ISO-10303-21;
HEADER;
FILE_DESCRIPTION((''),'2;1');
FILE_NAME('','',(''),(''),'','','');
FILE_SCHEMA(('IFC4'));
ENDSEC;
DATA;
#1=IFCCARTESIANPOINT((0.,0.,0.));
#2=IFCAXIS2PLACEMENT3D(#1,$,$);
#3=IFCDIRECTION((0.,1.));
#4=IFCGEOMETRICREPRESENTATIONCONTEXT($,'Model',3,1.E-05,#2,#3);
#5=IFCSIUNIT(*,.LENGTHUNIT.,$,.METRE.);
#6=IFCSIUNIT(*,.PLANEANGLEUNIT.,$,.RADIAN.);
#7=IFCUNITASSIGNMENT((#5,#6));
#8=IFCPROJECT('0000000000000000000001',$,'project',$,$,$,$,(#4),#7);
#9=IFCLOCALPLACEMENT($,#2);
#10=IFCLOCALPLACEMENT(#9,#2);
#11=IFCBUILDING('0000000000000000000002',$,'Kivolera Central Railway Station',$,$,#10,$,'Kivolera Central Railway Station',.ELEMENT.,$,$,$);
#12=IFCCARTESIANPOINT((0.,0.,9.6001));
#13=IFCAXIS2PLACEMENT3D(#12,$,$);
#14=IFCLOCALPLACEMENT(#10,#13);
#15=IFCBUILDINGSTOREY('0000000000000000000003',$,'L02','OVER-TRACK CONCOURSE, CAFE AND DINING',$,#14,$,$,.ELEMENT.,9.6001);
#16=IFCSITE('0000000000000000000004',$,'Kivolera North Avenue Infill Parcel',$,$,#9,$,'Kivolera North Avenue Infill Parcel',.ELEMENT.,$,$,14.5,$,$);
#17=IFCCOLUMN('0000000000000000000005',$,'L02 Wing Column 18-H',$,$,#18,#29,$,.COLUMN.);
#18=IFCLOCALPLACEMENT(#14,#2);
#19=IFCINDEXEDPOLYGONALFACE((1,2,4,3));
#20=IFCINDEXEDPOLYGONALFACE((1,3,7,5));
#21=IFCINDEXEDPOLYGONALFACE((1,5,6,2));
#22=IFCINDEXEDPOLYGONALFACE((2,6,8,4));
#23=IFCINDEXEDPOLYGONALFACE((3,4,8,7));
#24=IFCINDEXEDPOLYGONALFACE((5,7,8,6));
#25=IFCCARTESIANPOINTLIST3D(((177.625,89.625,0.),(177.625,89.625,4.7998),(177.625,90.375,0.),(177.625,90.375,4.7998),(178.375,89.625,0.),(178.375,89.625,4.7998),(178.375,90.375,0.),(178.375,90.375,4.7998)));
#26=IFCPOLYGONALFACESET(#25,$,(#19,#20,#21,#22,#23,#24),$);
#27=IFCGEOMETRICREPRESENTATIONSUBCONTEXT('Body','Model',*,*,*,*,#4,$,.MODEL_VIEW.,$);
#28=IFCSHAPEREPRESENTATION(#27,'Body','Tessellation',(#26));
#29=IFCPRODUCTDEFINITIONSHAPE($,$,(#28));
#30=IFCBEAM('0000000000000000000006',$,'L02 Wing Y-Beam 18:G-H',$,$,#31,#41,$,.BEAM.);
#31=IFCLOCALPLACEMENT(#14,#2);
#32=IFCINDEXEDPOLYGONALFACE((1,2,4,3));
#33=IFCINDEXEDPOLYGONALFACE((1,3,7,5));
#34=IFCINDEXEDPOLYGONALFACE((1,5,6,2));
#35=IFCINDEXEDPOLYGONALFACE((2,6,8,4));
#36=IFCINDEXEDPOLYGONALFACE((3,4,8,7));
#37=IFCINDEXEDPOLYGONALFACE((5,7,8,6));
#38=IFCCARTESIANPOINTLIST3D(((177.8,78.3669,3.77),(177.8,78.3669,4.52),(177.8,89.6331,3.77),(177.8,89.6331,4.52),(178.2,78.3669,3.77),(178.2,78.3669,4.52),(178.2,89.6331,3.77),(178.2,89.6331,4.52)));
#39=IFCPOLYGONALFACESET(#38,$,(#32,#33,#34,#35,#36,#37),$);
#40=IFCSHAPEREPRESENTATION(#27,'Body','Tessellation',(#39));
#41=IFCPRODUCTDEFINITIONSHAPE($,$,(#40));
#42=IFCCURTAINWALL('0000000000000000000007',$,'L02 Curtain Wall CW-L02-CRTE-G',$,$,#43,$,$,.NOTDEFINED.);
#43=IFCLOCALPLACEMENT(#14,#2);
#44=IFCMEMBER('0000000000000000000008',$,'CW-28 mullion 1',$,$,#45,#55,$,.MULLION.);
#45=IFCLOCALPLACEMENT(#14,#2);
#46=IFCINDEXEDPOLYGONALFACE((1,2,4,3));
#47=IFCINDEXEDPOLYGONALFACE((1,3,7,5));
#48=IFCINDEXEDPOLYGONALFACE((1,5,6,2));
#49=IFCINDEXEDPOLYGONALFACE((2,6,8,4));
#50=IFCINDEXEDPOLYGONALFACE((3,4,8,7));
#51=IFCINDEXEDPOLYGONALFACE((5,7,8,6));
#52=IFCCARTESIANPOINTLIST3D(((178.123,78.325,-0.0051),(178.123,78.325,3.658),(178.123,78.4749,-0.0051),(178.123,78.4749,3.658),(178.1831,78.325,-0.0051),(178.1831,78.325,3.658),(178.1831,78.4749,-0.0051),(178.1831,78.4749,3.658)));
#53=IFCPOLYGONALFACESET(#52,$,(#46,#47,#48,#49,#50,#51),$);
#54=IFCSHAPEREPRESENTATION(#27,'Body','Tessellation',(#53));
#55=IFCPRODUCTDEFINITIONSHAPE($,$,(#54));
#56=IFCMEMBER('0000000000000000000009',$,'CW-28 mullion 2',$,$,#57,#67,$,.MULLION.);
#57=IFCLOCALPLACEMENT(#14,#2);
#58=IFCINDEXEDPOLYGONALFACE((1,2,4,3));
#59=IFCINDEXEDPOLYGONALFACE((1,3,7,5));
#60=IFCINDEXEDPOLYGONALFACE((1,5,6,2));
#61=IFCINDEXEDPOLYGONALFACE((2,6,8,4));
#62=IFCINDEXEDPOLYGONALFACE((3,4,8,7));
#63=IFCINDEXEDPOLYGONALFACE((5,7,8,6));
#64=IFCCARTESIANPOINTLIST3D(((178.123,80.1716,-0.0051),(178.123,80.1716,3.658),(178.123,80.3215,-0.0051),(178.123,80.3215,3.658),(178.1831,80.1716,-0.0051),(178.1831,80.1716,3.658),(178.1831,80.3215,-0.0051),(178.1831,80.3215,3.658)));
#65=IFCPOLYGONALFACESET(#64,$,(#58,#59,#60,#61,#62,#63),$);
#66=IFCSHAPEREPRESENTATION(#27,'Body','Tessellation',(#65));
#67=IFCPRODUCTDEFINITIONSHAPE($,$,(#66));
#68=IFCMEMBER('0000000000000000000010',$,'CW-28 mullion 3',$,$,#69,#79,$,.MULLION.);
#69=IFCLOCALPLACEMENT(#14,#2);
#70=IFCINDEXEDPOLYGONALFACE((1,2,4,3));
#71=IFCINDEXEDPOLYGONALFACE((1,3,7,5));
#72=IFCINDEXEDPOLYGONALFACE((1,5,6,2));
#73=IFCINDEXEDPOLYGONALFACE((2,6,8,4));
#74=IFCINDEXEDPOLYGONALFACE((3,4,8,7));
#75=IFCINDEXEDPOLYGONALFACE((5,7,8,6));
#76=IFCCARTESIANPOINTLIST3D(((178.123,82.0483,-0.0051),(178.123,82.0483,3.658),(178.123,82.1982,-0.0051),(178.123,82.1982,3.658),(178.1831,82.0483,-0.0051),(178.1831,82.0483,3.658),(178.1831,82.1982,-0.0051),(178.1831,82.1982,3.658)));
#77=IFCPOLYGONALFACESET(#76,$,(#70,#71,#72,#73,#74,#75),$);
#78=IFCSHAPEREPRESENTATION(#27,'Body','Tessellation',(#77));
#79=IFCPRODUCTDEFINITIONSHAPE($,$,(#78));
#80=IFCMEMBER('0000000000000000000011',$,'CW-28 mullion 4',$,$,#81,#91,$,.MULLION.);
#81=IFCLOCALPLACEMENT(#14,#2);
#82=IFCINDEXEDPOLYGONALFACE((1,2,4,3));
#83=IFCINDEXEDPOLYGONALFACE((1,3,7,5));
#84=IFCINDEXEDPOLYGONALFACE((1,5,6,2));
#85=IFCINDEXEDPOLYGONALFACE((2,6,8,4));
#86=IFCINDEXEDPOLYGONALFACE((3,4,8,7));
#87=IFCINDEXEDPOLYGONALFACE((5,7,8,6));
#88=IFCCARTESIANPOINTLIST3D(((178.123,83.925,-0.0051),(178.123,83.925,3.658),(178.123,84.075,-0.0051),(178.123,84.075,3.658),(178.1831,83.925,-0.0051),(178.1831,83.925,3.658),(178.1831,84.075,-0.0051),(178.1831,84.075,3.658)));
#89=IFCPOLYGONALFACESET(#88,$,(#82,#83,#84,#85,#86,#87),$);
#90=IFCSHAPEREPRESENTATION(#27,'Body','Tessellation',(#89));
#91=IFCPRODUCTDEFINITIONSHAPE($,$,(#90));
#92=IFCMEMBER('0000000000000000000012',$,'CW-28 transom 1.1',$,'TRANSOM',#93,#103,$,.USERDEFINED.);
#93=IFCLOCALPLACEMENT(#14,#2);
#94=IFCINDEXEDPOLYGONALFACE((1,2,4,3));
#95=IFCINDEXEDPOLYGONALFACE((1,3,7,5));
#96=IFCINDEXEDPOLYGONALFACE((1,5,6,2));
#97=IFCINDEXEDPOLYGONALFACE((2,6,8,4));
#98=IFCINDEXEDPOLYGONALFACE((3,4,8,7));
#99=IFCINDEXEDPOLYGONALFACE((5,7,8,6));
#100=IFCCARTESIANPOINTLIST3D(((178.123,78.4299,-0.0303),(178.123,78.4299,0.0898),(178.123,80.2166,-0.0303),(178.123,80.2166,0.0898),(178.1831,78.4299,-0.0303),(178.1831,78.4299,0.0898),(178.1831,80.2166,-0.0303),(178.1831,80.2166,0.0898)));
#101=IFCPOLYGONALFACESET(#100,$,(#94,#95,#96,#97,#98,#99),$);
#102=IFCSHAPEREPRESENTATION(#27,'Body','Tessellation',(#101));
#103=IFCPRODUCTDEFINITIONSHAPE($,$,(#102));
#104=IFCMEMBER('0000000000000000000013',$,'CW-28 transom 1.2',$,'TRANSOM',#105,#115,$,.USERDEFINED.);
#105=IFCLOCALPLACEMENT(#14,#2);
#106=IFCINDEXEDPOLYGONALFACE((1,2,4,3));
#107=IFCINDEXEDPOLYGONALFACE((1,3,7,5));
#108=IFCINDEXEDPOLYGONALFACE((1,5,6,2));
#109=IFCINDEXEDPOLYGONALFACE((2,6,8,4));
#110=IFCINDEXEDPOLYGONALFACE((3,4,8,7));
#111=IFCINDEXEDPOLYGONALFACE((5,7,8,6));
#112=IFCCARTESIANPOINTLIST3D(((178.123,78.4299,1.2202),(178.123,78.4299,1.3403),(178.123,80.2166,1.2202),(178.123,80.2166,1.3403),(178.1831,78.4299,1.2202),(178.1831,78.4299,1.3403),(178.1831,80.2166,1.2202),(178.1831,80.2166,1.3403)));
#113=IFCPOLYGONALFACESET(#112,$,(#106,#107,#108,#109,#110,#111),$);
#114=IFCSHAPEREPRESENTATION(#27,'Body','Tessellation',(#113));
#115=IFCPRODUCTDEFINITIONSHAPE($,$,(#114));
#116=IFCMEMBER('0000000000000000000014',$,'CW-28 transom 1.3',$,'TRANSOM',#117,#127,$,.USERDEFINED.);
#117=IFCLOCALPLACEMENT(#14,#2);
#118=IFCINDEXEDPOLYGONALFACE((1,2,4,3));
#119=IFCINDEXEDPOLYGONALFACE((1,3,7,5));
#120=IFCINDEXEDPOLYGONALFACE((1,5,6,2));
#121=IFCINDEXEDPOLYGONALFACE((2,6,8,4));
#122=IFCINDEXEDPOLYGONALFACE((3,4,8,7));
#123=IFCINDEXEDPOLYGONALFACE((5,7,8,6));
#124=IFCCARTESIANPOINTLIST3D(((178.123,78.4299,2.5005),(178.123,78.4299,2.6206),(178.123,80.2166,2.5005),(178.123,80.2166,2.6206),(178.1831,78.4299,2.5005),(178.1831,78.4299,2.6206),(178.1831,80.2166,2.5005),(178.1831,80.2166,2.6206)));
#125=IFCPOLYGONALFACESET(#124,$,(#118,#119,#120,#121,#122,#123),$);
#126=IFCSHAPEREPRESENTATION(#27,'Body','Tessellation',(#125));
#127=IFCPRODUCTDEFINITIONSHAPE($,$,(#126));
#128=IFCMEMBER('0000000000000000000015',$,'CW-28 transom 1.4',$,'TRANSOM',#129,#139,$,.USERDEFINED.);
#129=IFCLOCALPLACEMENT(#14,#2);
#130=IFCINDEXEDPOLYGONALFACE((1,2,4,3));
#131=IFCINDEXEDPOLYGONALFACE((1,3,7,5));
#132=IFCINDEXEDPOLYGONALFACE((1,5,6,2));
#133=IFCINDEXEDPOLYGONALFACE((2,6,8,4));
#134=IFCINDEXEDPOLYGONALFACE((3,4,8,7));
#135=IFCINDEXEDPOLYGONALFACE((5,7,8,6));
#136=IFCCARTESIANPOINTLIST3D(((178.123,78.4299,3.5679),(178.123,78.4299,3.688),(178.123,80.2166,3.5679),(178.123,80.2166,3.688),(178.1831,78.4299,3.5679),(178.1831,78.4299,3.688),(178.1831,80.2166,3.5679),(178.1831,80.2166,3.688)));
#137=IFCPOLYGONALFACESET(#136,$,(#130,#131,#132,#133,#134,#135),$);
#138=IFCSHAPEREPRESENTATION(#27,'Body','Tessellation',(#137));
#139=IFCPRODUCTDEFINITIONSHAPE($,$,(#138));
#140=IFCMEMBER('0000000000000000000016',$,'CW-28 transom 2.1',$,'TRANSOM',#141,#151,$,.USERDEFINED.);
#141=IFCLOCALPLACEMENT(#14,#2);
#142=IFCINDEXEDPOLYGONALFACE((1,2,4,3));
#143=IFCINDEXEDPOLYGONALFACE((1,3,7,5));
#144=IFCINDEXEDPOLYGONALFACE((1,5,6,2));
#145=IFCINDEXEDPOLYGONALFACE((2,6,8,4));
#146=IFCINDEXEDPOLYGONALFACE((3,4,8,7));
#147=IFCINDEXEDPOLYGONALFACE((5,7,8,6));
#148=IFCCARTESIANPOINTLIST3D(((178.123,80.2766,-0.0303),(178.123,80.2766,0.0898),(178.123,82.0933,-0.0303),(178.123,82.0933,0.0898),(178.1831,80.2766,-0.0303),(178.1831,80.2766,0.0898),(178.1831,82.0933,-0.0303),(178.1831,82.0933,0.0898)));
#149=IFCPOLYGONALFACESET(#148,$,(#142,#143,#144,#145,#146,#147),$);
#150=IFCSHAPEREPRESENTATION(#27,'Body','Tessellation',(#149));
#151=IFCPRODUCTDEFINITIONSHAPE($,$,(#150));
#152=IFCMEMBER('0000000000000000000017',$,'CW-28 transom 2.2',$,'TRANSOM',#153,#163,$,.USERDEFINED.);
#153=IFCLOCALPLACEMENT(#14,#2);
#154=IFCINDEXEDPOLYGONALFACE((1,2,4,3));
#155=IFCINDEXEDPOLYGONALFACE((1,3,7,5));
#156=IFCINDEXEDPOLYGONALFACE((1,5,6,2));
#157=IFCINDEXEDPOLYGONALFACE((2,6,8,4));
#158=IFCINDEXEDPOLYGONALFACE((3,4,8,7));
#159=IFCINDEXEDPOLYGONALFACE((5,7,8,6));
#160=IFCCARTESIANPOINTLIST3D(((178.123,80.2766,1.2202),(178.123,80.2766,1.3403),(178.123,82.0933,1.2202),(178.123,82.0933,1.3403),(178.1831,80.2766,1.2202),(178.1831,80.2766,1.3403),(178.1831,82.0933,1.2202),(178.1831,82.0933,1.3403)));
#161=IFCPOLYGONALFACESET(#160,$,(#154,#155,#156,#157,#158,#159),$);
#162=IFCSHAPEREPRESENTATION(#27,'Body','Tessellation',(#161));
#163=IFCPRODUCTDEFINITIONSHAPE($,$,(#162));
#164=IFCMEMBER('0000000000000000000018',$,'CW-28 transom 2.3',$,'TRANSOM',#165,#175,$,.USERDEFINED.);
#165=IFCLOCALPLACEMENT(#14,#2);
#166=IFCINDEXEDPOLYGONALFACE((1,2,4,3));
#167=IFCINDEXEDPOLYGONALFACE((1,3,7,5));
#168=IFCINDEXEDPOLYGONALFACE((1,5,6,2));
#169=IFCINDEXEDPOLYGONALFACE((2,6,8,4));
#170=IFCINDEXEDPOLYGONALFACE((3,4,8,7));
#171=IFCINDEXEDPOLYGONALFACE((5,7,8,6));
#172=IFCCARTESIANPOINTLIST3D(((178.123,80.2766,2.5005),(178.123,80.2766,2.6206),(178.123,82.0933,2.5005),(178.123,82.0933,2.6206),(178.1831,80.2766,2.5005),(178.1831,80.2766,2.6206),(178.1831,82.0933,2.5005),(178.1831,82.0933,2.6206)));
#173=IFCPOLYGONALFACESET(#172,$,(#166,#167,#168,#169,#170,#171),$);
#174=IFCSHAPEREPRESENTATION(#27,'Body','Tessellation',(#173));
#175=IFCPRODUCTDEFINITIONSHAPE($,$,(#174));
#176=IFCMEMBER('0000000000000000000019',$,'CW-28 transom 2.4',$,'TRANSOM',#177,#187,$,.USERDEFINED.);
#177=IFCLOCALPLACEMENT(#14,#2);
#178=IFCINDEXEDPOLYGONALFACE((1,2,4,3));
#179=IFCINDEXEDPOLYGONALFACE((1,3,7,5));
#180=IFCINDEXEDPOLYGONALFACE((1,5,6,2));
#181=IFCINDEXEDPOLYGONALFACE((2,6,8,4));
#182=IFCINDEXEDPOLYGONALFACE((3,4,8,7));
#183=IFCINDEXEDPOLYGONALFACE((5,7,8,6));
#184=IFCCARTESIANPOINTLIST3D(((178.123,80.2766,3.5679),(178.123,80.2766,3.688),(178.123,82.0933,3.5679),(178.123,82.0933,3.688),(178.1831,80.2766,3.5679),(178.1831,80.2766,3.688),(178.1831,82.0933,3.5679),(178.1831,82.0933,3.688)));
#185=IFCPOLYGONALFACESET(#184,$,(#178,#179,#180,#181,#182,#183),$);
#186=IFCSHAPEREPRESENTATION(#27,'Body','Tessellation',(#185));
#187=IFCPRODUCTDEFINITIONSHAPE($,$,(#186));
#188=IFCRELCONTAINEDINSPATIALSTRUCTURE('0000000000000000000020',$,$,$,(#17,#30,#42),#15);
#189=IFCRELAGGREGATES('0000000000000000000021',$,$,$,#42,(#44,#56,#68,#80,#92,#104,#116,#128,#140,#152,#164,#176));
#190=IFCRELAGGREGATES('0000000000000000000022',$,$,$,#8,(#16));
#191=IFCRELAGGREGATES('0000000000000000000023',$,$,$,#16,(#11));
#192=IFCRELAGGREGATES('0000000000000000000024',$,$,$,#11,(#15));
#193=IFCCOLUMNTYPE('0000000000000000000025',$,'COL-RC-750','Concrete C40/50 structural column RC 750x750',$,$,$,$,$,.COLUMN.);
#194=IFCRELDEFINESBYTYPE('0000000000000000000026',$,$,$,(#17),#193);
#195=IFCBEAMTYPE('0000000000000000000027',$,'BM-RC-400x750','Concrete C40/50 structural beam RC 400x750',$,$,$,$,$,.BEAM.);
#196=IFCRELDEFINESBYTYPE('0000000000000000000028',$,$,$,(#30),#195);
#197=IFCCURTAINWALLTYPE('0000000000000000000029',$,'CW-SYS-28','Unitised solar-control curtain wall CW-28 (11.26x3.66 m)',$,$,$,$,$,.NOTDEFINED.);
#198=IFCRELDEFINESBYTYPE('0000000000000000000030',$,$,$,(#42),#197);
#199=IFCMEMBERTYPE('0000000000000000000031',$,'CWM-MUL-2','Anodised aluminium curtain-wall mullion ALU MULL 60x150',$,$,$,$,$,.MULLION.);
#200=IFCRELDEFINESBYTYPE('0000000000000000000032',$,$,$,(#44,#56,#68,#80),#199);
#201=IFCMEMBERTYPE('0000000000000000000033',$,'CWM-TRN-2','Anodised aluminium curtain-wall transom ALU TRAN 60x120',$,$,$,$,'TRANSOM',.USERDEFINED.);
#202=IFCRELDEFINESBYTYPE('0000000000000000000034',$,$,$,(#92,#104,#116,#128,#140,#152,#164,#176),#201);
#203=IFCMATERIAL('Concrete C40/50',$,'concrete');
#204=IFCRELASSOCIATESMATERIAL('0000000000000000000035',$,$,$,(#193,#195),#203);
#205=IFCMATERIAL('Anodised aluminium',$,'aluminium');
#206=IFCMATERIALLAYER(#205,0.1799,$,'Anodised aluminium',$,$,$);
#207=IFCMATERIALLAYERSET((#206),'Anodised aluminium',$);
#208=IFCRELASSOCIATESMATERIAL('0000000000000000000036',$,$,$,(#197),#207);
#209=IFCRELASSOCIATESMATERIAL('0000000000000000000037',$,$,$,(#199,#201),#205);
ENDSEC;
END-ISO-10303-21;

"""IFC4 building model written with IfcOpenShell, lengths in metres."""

from ifc_helpers import new_model, si_unit, direction, frame, origin, origin_2d, place, context, subcontext, project, spatial, rectangle, extrude, material, layer, layer_set, material_profile, profile_set, type_object, element, aggregate, save


model = new_model("IFC4")

# Units and contexts
model_context = context("Model", 3, precision=1e-05, world=origin(), true_north=direction((0.0, 1.0)))
body_context = subcontext(model_context, "Body", "Model", "MODEL_VIEW")
ifc_project = project(units=[si_unit("LENGTHUNIT", "METRE"), si_unit("PLANEANGLEUNIT", "RADIAN")], contexts=[model_context])

# Site, building, storey
site_placement = place(None, origin())
site = spatial("IfcSite", under=ifc_project, at=site_placement, Name="Kivolera North Avenue Infill Parcel", LongName="Kivolera North Avenue Infill Parcel", CompositionType="ELEMENT", RefElevation=14.5)
building_placement = place(site_placement, origin())
building = spatial("IfcBuilding", under=site, at=building_placement, Name="Kivolera Central Railway Station", LongName="Kivolera Central Railway Station", CompositionType="ELEMENT")
storey_placement = place(building_placement, frame((0.0, 0.0, 9.6001)))
storey = spatial("IfcBuildingStorey", under=building, at=storey_placement, Name="L02", Description="OVER-TRACK CONCOURSE, CAFE AND DINING", CompositionType="ELEMENT", Elevation=9.6001)

# Column
ifc_material_1 = material(Name="Concrete C40/50", Category="concrete")
ifc_material_profile_1 = material_profile(ifc_material_1, rectangle(XDim=0.75, YDim=0.75, at=origin_2d()), Name="RC 750x750")
ifc_profile_set_1 = profile_set([ifc_material_profile_1], Name="Concrete C40/50")
column_type = type_object("IfcColumnType", Name="COL-RC-750", Description="Concrete C40/50 structural column RC 750x750", PredefinedType="COLUMN", material=ifc_profile_set_1)
column_placement = place(storey_placement, frame((178.0, 90.0, 0.0), z_axis=(0.0, 0.0, 1.0), x_axis=(1.0, 0.0, 0.0)))
element("IfcColumn", 1, at=column_placement, inside=storey, type_object=column_type, Name="L02 Wing Column 18-H", PredefinedType="COLUMN", context=body_context, shape_type="SweptSolid", body=[
    extrude(rectangle(XDim=0.75, YDim=0.75, at=origin_2d()), origin(), (0.0, 0.0, 1.0), 4.7998),
])

# Beam
ifc_material_profile_2 = material_profile(ifc_material_1, rectangle(XDim=0.3999, YDim=0.75, at=origin_2d()), Name="RC 400x750")
ifc_profile_set_2 = profile_set([ifc_material_profile_2], Name="Concrete C40/50")
beam_type = type_object("IfcBeamType", Name="BM-RC-400x750", Description="Concrete C40/50 structural beam RC 400x750", PredefinedType="BEAM", material=ifc_profile_set_2)
beam_placement = place(storey_placement, frame((178.0, 78.3669, 4.145), z_axis=(0.0, 1.0, 0.0), x_axis=(-1.0, 0.0, 0.0)))
element("IfcBeam", 2, at=beam_placement, inside=storey, type_object=beam_type, Name="L02 Wing Y-Beam 18:G-H", PredefinedType="BEAM", context=body_context, shape_type="SweptSolid", body=[
    extrude(rectangle(XDim=0.3999, YDim=0.75, at=origin_2d()), origin(), (0.0, 0.0, 1.0), 11.2661),
])

# Curtain wall, members
ifc_material_2 = material(Name="Anodised aluminium", Category="aluminium")
ifc_layer_1 = layer(ifc_material_2, 0.1799, Name="Anodised aluminium")
ifc_layer_set_1 = layer_set([ifc_layer_1], Name="Anodised aluminium")
curtain_wall_type = type_object("IfcCurtainWallType", Name="CW-SYS-28", Description="Unitised solar-control curtain wall CW-28 (11.26x3.66 m)", PredefinedType="NOTDEFINED", material=ifc_layer_set_1)
curtain_wall_placement = place(storey_placement, origin())
curtain_wall = element("IfcCurtainWall", 3, at=curtain_wall_placement, inside=storey, type_object=curtain_wall_type, Name="L02 Curtain Wall CW-L02-CRTE-G", PredefinedType="NOTDEFINED")
ifc_material_profile_3 = material_profile(ifc_material_2, rectangle(XDim=0.0601, YDim=0.1499, at=origin_2d()), Name="ALU MULL 60x150")
ifc_profile_set_3 = profile_set([ifc_material_profile_3], Name="Anodised aluminium")
member_type_1 = type_object("IfcMemberType", Name="CWM-MUL-2", Description="Anodised aluminium curtain-wall mullion ALU MULL 60x150", PredefinedType="MULLION", material=ifc_profile_set_3)
member_1_placement = place(storey_placement, frame((178.1531, 78.3999, -0.0051), z_axis=(0.0, 0.0, 1.0), x_axis=(-1.0, 0.0, 0.0)))
member_1 = element("IfcMember", 4, at=member_1_placement, type_object=member_type_1, Name="CW-28 mullion 1", PredefinedType="MULLION", context=body_context, shape_type="SweptSolid", body=[
    extrude(rectangle(XDim=0.0601, YDim=0.1499, at=origin_2d()), origin(), (0.0, 0.0, 1.0), 3.6631),
])
member_2_placement = place(storey_placement, frame((178.1531, 80.2466, -0.0051), z_axis=(0.0, 0.0, 1.0), x_axis=(-1.0, 0.0, 0.0)))
member_2 = element("IfcMember", 5, at=member_2_placement, type_object=member_type_1, Name="CW-28 mullion 2", PredefinedType="MULLION", context=body_context, shape_type="SweptSolid", body=[
    extrude(rectangle(XDim=0.0601, YDim=0.1499, at=origin_2d()), origin(), (0.0, 0.0, 1.0), 3.6631),
])
member_3_placement = place(storey_placement, frame((178.1531, 82.1233, -0.0051), z_axis=(0.0, 0.0, 1.0), x_axis=(-1.0, 0.0, 0.0)))
member_3 = element("IfcMember", 6, at=member_3_placement, type_object=member_type_1, Name="CW-28 mullion 3", PredefinedType="MULLION", context=body_context, shape_type="SweptSolid", body=[
    extrude(rectangle(XDim=0.0601, YDim=0.1499, at=origin_2d()), origin(), (0.0, 0.0, 1.0), 3.6631),
])
member_4_placement = place(storey_placement, frame((178.1531, 84.0, -0.0051), z_axis=(0.0, 0.0, 1.0), x_axis=(-1.0, 0.0, 0.0)))
member_4 = element("IfcMember", 7, at=member_4_placement, type_object=member_type_1, Name="CW-28 mullion 4", PredefinedType="MULLION", context=body_context, shape_type="SweptSolid", body=[
    extrude(rectangle(XDim=0.0601, YDim=0.1499, at=origin_2d()), origin(), (0.0, 0.0, 1.0), 3.6631),
])
ifc_material_profile_4 = material_profile(ifc_material_2, rectangle(XDim=0.0601, YDim=0.1201, at=origin_2d()), Name="ALU TRAN 60x120")
ifc_profile_set_4 = profile_set([ifc_material_profile_4], Name="Anodised aluminium")
member_type_2 = type_object("IfcMemberType", Name="CWM-TRN-2", Description="Anodised aluminium curtain-wall transom ALU TRAN 60x120", ElementType="TRANSOM", PredefinedType="USERDEFINED", material=ifc_profile_set_4)
member_5_placement = place(storey_placement, frame((178.1531, 78.4299, 0.0298), z_axis=(0.0, 1.0, 0.0), x_axis=(-1.0, 0.0, 0.0)))
member_5 = element("IfcMember", 8, at=member_5_placement, type_object=member_type_2, Name="CW-28 transom 1.1", ObjectType="TRANSOM", PredefinedType="USERDEFINED", context=body_context, shape_type="SweptSolid", body=[
    extrude(rectangle(XDim=0.0601, YDim=0.1201, at=origin_2d()), origin(), (0.0, 0.0, 1.0), 1.7866),
])
member_6_placement = place(storey_placement, frame((178.1531, 78.4299, 1.2803), z_axis=(0.0, 1.0, 0.0), x_axis=(-1.0, 0.0, 0.0)))
member_6 = element("IfcMember", 9, at=member_6_placement, type_object=member_type_2, Name="CW-28 transom 1.2", ObjectType="TRANSOM", PredefinedType="USERDEFINED", context=body_context, shape_type="SweptSolid", body=[
    extrude(rectangle(XDim=0.0601, YDim=0.1201, at=origin_2d()), origin(), (0.0, 0.0, 1.0), 1.7866),
])
member_7_placement = place(storey_placement, frame((178.1531, 78.4299, 2.5605), z_axis=(0.0, 1.0, 0.0), x_axis=(-1.0, 0.0, 0.0)))
member_7 = element("IfcMember", 10, at=member_7_placement, type_object=member_type_2, Name="CW-28 transom 1.3", ObjectType="TRANSOM", PredefinedType="USERDEFINED", context=body_context, shape_type="SweptSolid", body=[
    extrude(rectangle(XDim=0.0601, YDim=0.1201, at=origin_2d()), origin(), (0.0, 0.0, 1.0), 1.7866),
])
member_8_placement = place(storey_placement, frame((178.1531, 78.4299, 3.6279), z_axis=(0.0, 1.0, 0.0), x_axis=(-1.0, 0.0, 0.0)))
member_8 = element("IfcMember", 11, at=member_8_placement, type_object=member_type_2, Name="CW-28 transom 1.4", ObjectType="TRANSOM", PredefinedType="USERDEFINED", context=body_context, shape_type="SweptSolid", body=[
    extrude(rectangle(XDim=0.0601, YDim=0.1201, at=origin_2d()), origin(), (0.0, 0.0, 1.0), 1.7866),
])
member_9_placement = place(storey_placement, frame((178.1531, 80.2766, 0.0298), z_axis=(0.0, 1.0, 0.0), x_axis=(-1.0, 0.0, 0.0)))
member_9 = element("IfcMember", 12, at=member_9_placement, type_object=member_type_2, Name="CW-28 transom 2.1", ObjectType="TRANSOM", PredefinedType="USERDEFINED", context=body_context, shape_type="SweptSolid", body=[
    extrude(rectangle(XDim=0.0601, YDim=0.1201, at=origin_2d()), origin(), (0.0, 0.0, 1.0), 1.8167),
])
member_10_placement = place(storey_placement, frame((178.1531, 80.2766, 1.2803), z_axis=(0.0, 1.0, 0.0), x_axis=(-1.0, 0.0, 0.0)))
member_10 = element("IfcMember", 13, at=member_10_placement, type_object=member_type_2, Name="CW-28 transom 2.2", ObjectType="TRANSOM", PredefinedType="USERDEFINED", context=body_context, shape_type="SweptSolid", body=[
    extrude(rectangle(XDim=0.0601, YDim=0.1201, at=origin_2d()), origin(), (0.0, 0.0, 1.0), 1.8167),
])
member_11_placement = place(storey_placement, frame((178.1531, 80.2766, 2.5605), z_axis=(0.0, 1.0, 0.0), x_axis=(-1.0, 0.0, 0.0)))
member_11 = element("IfcMember", 14, at=member_11_placement, type_object=member_type_2, Name="CW-28 transom 2.3", ObjectType="TRANSOM", PredefinedType="USERDEFINED", context=body_context, shape_type="SweptSolid", body=[
    extrude(rectangle(XDim=0.0601, YDim=0.1201, at=origin_2d()), origin(), (0.0, 0.0, 1.0), 1.8167),
])
member_12_placement = place(storey_placement, frame((178.1531, 80.2766, 3.6279), z_axis=(0.0, 1.0, 0.0), x_axis=(-1.0, 0.0, 0.0)))
member_12 = element("IfcMember", 15, at=member_12_placement, type_object=member_type_2, Name="CW-28 transom 2.4", ObjectType="TRANSOM", PredefinedType="USERDEFINED", context=body_context, shape_type="SweptSolid", body=[
    extrude(rectangle(XDim=0.0601, YDim=0.1201, at=origin_2d()), origin(), (0.0, 0.0, 1.0), 1.8167),
])
aggregate(curtain_wall, [member_1, member_2, member_3, member_4, member_5, member_6, member_7, member_8, member_9, member_10, member_11, member_12])

save(model, "model.ifc")
